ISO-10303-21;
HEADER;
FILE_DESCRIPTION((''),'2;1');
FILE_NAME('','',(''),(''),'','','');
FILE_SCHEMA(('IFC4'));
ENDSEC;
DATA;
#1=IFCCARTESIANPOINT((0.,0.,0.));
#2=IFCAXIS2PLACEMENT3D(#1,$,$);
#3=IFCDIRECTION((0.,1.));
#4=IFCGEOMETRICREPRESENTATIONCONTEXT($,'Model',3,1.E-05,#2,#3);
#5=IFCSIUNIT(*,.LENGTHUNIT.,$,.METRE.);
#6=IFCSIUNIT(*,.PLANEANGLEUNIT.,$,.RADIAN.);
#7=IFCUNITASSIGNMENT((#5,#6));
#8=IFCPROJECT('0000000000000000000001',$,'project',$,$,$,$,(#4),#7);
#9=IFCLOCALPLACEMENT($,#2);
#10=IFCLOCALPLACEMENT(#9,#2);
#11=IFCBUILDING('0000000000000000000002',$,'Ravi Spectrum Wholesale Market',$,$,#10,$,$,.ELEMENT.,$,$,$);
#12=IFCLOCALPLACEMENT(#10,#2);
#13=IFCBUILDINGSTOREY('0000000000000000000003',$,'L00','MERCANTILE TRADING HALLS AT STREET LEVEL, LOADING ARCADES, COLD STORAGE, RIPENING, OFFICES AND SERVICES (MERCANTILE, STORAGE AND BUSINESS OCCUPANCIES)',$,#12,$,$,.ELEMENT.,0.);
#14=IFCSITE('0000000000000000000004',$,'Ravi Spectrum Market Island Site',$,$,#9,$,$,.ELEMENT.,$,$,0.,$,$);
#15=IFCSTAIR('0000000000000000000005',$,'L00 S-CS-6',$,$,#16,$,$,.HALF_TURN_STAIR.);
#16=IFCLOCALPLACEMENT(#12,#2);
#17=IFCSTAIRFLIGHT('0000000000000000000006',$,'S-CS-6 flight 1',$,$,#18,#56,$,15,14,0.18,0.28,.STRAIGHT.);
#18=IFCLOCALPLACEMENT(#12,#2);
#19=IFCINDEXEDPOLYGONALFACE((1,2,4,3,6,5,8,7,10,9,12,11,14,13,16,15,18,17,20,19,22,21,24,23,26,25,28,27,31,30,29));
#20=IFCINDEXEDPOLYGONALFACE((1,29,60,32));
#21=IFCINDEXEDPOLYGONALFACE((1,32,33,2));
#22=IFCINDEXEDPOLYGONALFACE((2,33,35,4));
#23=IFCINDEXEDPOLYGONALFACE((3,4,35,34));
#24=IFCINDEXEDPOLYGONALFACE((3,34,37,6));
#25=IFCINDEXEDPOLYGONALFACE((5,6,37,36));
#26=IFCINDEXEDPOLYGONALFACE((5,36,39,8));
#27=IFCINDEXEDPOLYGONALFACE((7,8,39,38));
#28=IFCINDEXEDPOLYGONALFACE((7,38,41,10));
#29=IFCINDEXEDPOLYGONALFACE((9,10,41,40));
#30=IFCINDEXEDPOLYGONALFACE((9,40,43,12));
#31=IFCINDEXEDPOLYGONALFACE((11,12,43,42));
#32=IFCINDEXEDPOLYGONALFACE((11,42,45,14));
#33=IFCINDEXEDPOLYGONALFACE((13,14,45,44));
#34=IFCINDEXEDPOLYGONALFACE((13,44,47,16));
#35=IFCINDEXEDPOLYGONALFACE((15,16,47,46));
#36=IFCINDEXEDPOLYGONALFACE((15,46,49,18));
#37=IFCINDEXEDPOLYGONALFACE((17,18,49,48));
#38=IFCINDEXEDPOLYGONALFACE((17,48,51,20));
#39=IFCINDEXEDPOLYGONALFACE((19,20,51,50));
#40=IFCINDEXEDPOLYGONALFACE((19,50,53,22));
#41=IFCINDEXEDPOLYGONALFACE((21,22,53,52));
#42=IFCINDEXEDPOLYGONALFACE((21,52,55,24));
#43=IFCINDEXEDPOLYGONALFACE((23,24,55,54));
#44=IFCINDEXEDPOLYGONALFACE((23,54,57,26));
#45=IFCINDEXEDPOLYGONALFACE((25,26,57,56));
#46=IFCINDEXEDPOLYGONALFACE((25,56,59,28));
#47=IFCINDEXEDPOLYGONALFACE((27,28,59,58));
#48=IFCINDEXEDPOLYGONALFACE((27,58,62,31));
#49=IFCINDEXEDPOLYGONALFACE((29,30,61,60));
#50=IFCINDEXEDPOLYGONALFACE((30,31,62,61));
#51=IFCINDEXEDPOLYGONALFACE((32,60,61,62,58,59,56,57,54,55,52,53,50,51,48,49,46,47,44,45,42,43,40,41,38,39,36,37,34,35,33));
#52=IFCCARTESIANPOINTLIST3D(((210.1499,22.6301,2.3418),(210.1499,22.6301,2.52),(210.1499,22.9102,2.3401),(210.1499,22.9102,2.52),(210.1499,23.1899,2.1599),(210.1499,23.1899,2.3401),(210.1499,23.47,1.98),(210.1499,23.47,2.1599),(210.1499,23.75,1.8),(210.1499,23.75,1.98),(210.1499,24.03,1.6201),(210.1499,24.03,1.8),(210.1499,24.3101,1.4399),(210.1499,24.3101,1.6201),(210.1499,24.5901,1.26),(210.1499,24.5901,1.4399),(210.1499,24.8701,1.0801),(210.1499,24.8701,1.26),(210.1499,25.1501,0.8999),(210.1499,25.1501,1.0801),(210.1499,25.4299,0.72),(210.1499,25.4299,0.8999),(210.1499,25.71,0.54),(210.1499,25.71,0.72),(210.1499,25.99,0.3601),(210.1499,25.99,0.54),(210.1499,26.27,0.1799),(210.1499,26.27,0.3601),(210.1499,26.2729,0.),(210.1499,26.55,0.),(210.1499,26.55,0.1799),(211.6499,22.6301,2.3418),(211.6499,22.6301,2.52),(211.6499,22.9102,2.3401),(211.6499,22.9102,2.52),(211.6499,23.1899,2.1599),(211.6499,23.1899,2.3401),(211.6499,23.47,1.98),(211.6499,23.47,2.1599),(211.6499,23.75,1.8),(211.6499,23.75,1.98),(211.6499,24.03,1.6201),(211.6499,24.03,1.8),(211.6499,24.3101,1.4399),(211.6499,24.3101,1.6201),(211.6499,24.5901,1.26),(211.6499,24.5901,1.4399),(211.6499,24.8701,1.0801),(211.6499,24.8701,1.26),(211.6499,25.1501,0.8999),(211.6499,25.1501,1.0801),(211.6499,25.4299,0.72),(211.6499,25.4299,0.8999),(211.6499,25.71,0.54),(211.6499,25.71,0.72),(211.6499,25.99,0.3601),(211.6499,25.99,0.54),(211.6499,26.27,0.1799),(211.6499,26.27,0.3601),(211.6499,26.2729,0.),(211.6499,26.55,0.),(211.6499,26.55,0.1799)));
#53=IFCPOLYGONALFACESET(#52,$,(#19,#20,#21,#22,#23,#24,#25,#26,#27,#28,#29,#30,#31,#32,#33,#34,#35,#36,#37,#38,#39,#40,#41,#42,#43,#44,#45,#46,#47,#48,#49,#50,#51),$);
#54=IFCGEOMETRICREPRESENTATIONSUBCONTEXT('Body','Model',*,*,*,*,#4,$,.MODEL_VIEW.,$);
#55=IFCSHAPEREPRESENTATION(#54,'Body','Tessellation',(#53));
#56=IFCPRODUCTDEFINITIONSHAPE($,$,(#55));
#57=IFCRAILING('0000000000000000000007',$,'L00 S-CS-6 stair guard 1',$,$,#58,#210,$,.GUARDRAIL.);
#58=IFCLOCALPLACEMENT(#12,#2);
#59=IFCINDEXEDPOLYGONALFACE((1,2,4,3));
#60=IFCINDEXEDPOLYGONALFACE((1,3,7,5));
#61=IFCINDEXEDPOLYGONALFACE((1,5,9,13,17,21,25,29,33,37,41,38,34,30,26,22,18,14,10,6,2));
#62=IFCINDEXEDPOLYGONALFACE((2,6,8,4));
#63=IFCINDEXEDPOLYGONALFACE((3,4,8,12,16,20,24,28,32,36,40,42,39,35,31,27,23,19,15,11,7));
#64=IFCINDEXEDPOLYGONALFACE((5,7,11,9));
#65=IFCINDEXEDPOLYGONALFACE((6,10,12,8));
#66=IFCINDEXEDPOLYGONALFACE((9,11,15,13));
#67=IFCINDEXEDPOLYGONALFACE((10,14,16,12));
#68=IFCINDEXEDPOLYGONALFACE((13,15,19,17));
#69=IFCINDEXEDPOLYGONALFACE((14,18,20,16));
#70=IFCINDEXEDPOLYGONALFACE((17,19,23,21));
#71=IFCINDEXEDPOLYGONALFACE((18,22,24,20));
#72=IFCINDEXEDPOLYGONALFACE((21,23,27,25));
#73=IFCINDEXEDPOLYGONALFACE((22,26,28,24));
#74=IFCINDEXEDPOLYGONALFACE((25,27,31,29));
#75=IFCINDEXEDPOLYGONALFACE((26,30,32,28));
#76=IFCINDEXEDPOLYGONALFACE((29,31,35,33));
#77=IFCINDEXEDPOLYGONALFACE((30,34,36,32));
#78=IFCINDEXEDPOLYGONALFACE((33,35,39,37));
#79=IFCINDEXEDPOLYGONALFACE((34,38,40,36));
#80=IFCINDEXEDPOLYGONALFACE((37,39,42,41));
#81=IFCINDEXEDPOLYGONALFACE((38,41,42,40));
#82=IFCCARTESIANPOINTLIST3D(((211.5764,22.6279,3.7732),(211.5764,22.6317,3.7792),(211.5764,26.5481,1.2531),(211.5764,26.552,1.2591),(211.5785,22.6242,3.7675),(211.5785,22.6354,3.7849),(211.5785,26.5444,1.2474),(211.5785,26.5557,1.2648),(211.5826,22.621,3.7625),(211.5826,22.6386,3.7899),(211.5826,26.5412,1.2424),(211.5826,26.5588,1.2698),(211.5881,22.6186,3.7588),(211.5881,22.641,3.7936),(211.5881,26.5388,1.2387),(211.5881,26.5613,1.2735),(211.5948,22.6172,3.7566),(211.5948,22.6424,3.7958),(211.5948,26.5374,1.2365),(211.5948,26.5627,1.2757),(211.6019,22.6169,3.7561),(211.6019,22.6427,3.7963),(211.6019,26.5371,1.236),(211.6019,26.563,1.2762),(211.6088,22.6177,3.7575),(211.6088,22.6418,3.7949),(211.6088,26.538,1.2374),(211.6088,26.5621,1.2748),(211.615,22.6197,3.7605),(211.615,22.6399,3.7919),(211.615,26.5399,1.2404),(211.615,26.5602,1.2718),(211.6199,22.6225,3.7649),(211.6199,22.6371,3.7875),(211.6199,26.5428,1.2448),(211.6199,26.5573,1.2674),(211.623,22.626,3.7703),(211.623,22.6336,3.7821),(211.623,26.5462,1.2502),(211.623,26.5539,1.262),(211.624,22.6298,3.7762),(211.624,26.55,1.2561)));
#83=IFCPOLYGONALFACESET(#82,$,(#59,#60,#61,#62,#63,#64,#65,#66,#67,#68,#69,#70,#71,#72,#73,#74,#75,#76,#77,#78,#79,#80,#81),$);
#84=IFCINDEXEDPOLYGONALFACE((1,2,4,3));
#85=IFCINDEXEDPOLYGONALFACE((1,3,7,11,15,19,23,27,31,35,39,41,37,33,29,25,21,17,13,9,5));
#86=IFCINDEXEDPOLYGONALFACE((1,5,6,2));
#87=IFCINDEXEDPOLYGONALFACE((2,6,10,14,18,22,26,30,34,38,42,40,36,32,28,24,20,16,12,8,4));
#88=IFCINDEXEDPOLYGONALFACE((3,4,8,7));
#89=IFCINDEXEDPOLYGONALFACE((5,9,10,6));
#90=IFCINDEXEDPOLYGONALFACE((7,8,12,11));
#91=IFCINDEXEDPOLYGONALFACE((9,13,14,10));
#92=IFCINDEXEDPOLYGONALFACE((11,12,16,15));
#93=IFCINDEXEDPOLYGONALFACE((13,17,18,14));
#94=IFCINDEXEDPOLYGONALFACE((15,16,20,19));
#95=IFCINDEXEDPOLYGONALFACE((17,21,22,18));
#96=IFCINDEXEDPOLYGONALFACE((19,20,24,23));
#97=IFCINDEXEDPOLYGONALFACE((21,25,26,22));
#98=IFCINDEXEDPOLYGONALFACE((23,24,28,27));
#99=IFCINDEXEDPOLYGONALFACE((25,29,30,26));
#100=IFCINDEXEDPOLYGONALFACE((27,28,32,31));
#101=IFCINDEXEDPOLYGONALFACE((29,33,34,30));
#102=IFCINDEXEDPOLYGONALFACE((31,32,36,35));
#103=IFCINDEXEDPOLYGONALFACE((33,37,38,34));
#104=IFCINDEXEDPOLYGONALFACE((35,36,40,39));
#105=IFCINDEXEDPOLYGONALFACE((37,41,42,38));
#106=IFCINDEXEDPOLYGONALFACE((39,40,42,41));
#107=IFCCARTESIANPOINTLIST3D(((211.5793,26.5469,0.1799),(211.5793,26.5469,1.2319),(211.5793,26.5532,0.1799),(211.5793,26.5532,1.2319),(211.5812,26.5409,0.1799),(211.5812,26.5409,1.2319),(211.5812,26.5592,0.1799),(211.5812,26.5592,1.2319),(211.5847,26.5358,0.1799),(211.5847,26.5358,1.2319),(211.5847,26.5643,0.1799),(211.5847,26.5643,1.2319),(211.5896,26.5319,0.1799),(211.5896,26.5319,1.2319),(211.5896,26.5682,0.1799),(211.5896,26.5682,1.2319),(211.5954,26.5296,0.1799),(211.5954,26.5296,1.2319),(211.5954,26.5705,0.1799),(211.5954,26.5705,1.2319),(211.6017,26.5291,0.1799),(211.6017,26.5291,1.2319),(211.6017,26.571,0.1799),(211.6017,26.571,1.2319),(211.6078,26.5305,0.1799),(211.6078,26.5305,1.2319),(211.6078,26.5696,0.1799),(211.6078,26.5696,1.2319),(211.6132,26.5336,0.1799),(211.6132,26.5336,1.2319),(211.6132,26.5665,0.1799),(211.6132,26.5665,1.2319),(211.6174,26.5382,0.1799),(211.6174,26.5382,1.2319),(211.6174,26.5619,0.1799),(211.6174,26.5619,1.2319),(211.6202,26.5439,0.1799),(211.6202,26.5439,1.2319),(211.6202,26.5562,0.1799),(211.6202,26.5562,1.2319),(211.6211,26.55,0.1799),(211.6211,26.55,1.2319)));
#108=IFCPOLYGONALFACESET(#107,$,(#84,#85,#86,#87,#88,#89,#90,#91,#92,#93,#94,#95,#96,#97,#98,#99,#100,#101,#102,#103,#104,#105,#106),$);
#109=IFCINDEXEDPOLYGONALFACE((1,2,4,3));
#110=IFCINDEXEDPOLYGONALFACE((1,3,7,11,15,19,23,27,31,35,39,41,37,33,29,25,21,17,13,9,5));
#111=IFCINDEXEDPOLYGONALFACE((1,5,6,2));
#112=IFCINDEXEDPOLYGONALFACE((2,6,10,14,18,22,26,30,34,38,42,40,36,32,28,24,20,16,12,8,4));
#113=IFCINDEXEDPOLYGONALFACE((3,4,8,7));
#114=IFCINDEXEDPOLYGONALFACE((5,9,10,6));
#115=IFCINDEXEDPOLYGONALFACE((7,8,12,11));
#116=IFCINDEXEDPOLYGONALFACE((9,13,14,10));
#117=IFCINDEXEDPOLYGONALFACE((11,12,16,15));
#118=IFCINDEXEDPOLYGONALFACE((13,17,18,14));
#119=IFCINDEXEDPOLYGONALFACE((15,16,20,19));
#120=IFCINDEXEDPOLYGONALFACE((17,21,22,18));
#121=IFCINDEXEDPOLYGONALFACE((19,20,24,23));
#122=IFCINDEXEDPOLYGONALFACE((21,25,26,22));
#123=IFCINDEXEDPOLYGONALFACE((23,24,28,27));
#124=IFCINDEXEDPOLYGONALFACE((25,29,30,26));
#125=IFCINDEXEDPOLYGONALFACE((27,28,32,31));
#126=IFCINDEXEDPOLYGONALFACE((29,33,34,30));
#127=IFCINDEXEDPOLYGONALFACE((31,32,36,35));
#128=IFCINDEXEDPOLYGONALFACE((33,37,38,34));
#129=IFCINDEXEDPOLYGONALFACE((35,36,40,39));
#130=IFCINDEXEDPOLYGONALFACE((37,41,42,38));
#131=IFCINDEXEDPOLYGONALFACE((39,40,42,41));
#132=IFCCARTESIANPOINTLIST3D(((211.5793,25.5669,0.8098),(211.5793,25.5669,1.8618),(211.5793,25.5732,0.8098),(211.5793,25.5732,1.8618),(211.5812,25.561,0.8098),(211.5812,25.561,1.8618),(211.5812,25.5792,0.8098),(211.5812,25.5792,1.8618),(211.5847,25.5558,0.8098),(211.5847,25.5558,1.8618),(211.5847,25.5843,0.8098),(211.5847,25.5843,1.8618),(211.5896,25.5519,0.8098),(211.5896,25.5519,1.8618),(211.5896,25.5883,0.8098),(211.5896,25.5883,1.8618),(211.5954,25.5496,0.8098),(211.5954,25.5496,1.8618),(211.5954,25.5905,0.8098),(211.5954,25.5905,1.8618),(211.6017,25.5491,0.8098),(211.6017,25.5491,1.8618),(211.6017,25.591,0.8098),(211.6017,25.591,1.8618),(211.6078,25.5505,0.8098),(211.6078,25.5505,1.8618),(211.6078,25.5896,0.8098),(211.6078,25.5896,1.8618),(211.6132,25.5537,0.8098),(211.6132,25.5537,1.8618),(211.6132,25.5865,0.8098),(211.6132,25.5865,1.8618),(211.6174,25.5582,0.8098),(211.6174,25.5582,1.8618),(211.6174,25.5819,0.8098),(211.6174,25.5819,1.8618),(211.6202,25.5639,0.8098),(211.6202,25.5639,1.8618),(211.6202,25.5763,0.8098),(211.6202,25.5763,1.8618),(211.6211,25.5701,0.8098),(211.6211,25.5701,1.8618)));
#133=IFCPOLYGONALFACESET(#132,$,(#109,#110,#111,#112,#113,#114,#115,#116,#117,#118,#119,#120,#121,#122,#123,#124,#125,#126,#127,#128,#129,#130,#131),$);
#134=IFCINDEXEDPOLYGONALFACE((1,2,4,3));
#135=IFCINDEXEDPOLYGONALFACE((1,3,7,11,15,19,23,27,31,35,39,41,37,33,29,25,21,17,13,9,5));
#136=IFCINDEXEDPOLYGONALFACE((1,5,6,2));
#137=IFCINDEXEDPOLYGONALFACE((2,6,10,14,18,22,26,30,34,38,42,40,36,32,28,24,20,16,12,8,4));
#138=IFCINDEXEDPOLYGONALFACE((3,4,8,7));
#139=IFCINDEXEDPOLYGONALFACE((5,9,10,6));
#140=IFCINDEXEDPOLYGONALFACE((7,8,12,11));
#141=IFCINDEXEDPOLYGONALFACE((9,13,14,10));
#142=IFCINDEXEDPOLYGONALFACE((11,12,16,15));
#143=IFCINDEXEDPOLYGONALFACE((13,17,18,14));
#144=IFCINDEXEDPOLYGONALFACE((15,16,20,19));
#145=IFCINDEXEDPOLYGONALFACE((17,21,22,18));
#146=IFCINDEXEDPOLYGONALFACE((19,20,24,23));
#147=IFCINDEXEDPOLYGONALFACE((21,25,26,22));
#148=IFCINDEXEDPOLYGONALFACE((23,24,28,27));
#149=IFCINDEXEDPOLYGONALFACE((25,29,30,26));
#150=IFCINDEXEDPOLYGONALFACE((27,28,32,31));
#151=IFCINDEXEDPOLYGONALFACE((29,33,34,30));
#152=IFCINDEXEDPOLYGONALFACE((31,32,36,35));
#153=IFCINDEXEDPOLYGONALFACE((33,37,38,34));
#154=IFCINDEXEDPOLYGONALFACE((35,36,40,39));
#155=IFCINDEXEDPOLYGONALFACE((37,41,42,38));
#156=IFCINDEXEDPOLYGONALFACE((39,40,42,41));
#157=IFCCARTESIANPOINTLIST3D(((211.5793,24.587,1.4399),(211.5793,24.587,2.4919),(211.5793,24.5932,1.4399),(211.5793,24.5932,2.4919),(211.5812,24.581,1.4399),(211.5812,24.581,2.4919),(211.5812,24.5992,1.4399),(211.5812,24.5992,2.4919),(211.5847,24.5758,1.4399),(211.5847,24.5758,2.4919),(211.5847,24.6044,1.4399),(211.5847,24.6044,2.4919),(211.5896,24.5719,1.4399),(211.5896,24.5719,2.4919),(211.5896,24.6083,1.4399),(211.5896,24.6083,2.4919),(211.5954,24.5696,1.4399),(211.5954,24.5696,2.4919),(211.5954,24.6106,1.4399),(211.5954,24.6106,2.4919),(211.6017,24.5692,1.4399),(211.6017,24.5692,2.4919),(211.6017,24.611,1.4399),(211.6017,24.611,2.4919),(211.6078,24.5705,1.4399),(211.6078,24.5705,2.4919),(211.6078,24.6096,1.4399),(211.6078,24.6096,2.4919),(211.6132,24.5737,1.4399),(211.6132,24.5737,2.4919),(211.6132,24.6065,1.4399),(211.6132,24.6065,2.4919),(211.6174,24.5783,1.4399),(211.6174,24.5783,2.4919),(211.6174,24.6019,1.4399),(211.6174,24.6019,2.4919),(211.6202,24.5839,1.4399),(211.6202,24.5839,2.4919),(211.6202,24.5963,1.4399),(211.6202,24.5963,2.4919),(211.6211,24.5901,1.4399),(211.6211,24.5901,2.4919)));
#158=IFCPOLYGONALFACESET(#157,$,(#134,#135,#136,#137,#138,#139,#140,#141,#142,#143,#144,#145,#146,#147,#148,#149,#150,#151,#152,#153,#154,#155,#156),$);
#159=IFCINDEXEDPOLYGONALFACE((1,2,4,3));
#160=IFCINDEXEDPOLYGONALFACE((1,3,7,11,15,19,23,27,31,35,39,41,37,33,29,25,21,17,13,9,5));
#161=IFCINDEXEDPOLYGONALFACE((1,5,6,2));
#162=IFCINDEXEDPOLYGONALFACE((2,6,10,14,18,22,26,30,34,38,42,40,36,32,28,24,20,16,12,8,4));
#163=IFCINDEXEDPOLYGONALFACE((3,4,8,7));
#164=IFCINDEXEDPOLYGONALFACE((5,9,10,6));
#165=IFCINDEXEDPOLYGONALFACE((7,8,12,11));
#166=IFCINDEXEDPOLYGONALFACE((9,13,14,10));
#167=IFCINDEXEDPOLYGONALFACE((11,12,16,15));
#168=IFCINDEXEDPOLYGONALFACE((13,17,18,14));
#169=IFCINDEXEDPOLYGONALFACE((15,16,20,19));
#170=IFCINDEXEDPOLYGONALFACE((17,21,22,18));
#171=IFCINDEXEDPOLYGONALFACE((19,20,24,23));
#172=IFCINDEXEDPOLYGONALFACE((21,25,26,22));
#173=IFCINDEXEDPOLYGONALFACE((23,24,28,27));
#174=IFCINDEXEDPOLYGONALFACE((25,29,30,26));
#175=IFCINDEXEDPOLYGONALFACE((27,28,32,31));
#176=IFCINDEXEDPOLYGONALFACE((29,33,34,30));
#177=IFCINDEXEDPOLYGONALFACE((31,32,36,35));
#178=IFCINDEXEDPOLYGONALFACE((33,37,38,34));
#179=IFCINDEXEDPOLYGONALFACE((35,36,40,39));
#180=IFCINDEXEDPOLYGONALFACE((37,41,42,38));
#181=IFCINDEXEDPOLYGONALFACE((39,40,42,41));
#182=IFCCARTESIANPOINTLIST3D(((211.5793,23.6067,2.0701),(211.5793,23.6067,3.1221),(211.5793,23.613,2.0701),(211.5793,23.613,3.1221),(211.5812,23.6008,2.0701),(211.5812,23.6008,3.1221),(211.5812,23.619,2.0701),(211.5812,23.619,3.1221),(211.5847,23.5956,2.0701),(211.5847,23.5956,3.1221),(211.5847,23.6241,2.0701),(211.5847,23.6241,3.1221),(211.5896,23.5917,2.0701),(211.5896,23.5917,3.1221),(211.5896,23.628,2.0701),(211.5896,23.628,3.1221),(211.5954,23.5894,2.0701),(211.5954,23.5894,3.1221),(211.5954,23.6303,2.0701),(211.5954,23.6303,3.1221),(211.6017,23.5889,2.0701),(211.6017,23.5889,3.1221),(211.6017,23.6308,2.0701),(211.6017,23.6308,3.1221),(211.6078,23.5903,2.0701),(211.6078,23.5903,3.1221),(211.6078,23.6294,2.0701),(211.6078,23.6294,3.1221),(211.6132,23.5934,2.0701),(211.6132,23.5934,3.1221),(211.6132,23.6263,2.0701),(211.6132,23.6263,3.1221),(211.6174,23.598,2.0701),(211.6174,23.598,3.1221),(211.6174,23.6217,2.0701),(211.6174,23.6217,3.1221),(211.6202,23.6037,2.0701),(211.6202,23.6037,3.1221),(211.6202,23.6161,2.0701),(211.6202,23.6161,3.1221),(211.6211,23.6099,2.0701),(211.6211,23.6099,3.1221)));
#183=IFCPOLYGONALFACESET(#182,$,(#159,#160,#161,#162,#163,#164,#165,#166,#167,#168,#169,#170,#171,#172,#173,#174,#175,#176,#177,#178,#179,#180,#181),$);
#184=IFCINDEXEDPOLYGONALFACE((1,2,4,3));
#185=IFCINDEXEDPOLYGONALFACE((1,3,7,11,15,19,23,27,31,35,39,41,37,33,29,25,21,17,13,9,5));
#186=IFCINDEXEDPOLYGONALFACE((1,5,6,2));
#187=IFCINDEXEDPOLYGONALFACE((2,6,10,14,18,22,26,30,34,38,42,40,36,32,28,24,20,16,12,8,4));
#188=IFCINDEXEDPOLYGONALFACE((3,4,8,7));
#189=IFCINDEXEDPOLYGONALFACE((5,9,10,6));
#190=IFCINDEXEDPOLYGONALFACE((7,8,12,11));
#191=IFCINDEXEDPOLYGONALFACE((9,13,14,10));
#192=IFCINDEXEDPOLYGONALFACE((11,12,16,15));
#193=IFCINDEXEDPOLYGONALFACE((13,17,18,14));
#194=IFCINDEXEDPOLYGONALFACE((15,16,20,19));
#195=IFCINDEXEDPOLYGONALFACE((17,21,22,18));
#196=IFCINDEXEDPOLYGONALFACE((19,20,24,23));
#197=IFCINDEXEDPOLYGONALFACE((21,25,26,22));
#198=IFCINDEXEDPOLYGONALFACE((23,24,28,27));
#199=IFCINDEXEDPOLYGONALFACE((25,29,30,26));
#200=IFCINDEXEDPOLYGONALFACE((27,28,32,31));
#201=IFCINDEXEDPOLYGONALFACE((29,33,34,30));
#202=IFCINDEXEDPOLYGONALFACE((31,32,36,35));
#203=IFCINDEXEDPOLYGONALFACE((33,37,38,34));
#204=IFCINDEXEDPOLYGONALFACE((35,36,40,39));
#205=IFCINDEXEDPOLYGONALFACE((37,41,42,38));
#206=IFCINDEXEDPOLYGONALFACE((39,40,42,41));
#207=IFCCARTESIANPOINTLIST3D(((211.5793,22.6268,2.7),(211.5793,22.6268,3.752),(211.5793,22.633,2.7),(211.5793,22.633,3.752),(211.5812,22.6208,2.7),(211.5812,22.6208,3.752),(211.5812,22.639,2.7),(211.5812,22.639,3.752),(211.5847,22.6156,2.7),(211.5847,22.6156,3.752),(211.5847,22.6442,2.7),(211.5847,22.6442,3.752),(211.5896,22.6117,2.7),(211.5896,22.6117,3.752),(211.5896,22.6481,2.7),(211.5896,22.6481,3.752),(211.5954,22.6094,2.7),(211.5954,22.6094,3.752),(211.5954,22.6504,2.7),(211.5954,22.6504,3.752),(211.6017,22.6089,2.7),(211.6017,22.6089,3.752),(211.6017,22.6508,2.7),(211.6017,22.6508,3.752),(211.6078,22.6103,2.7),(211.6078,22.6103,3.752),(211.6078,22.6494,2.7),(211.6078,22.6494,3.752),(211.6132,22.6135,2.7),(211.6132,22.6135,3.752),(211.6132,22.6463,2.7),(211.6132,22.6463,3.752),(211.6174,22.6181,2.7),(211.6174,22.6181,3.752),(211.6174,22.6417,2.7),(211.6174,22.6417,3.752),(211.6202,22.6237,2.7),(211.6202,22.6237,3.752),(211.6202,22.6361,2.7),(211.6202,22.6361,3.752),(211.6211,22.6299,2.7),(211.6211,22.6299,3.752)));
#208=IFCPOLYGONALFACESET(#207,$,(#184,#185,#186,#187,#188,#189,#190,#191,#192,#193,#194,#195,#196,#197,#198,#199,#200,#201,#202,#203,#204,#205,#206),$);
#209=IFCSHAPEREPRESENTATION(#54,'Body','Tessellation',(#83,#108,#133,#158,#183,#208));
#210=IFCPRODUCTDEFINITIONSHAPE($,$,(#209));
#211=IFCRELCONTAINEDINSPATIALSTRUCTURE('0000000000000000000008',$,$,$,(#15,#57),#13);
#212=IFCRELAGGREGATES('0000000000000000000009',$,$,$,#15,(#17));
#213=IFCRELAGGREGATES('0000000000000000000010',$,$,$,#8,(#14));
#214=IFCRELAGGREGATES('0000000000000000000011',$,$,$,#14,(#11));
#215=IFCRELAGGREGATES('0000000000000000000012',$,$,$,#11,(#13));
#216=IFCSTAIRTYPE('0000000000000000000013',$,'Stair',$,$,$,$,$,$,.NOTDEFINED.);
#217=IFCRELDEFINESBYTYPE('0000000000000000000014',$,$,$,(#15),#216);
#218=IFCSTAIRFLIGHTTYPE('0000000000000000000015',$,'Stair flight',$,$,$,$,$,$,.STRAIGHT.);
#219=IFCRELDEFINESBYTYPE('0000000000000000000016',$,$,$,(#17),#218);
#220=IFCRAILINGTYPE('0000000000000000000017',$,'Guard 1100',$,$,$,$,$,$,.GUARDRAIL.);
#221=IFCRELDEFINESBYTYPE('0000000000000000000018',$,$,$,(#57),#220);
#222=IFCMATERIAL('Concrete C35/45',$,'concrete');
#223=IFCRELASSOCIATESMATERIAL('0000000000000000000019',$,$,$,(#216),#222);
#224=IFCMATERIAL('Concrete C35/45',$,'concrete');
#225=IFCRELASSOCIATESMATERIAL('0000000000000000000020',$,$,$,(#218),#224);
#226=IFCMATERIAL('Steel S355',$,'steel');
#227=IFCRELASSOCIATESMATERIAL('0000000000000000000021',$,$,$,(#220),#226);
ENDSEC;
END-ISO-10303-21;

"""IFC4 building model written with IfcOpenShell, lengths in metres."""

from ifc_helpers import new_model, si_unit, direction, frame, origin, origin_2d, place, context, subcontext, project, spatial, polyline, circle, outline, extrude, material, type_object, element, aggregate, save


model = new_model("IFC4")

# Units and contexts
model_context = context("Model", 3, precision=1e-05, world=origin(), true_north=direction((0.0, 1.0)))
body_context = subcontext(model_context, "Body", "Model", "MODEL_VIEW")
ifc_project = project(units=[si_unit("LENGTHUNIT", "METRE"), si_unit("PLANEANGLEUNIT", "RADIAN")], contexts=[model_context])

# Site, building, storey
site_placement = place(None, origin())
site = spatial("IfcSite", under=ifc_project, at=site_placement, Name="Ravi Spectrum Market Island Site", CompositionType="ELEMENT", RefElevation=0.0)
building_placement = place(site_placement, origin())
building = spatial("IfcBuilding", under=site, at=building_placement, Name="Ravi Spectrum Wholesale Market", CompositionType="ELEMENT")
storey_placement = place(building_placement, origin())
storey = spatial("IfcBuildingStorey", under=building, at=storey_placement, Name="L00", Description="MERCANTILE TRADING HALLS AT STREET LEVEL, LOADING ARCADES, COLD STORAGE, RIPENING, OFFICES AND SERVICES (MERCANTILE, STORAGE AND BUSINESS OCCUPANCIES)", CompositionType="ELEMENT", Elevation=0.0)

# Stair, stair flight
ifc_material_1 = material(Name="Concrete C35/45", Category="concrete")
stair_type = type_object("IfcStairType", Name="Stair", PredefinedType="NOTDEFINED", material=ifc_material_1)
stair_placement = place(storey_placement, origin())
stair = element("IfcStair", 1, at=stair_placement, inside=storey, type_object=stair_type, Name="L00 S-CS-6", PredefinedType="HALF_TURN_STAIR")
ifc_material_2 = material(Name="Concrete C35/45", Category="concrete")
stair_flight_type = type_object("IfcStairFlightType", Name="Stair flight", PredefinedType="STRAIGHT", material=ifc_material_2)
stair_flight_placement = place(storey_placement, frame((210.8999, 26.55, 0.0), z_axis=(0.0, 0.0, 1.0), x_axis=(0.0, -1.0, 0.0)))
stair_flight = element("IfcStairFlight", 2, at=stair_flight_placement, type_object=stair_flight_type, Name="S-CS-6 flight 1", NumberOfRisers=15, NumberOfTreads=14, PredefinedType="STRAIGHT", RiserHeight=0.18, TreadLength=0.28, context=body_context, shape_type="SweptSolid", body=[
    extrude(outline(polyline([(0.0, 0.0), (0.0, 0.1799), (0.28, 0.1799), (0.28, 0.3601), (0.5601, 0.3601), (0.5601, 0.54), (0.8401, 0.54), (0.8401, 0.72), (1.1201, 0.72), (1.1201, 0.8999), (1.3999, 0.8999), (1.3999, 1.0801), (1.6799, 1.0801), (1.6799, 1.26), (1.96, 1.26), (1.96, 1.4399), (2.24, 1.4399), (2.24, 1.6201), (2.52, 1.6201), (2.52, 1.8), (2.8, 1.8), (2.8, 1.98), (3.0801, 1.98), (3.0801, 2.1599), (3.3601, 2.1599), (3.3601, 2.3401), (3.6399, 2.3401), (3.6399, 2.52), (3.9199, 2.52), (3.9199, 2.7), (3.9199, 2.3418), (0.2771, 0.0), (0.0, 0.0)])), frame((0.0, 0.75, 0.0), z_axis=(0.0, -1.0, 0.0), x_axis=(1.0, 0.0, 0.0)), (0.0, 0.0, 1.0), 1.5),
])
aggregate(stair, [stair_flight])

# Railing
ifc_material_3 = material(Name="Steel S355", Category="steel")
railing_type = type_object("IfcRailingType", Name="Guard 1100", PredefinedType="GUARDRAIL", material=ifc_material_3)
railing_1_placement = place(storey_placement, frame((211.6001, 26.55, 0.1799)))
element("IfcRailing", 3, at=railing_1_placement, inside=storey, type_object=railing_type, Name="L00 S-CS-6 stair guard 1", PredefinedType="GUARDRAIL", context=body_context, shape_type="SweptSolid", body=[
    extrude(circle(Radius=0.0239, at=origin_2d()), frame((0.0, 0.0, 1.0762), z_axis=(0.0, -0.841187, 0.540744), x_axis=(1.0, 0.0, 0.0)), (0.0, 0.0, 1.0), 4.6604),
    extrude(circle(Radius=0.021, at=origin_2d()), origin(), (0.0, 0.0, 1.0), 1.052),
    extrude(circle(Radius=0.021, at=origin_2d()), frame((0.0, -0.98, 0.6299)), (0.0, 0.0, 1.0), 1.052),
    extrude(circle(Radius=0.021, at=origin_2d()), frame((0.0, -1.96, 1.26)), (0.0, 0.0, 1.0), 1.052),
    extrude(circle(Radius=0.021, at=origin_2d()), frame((0.0, -2.9402, 1.8901)), (0.0, 0.0, 1.0), 1.052),
    extrude(circle(Radius=0.021, at=origin_2d()), frame((0.0, -3.9202, 2.52)), (0.0, 0.0, 1.0), 1.052),
])

save(model, "model.ifc")
